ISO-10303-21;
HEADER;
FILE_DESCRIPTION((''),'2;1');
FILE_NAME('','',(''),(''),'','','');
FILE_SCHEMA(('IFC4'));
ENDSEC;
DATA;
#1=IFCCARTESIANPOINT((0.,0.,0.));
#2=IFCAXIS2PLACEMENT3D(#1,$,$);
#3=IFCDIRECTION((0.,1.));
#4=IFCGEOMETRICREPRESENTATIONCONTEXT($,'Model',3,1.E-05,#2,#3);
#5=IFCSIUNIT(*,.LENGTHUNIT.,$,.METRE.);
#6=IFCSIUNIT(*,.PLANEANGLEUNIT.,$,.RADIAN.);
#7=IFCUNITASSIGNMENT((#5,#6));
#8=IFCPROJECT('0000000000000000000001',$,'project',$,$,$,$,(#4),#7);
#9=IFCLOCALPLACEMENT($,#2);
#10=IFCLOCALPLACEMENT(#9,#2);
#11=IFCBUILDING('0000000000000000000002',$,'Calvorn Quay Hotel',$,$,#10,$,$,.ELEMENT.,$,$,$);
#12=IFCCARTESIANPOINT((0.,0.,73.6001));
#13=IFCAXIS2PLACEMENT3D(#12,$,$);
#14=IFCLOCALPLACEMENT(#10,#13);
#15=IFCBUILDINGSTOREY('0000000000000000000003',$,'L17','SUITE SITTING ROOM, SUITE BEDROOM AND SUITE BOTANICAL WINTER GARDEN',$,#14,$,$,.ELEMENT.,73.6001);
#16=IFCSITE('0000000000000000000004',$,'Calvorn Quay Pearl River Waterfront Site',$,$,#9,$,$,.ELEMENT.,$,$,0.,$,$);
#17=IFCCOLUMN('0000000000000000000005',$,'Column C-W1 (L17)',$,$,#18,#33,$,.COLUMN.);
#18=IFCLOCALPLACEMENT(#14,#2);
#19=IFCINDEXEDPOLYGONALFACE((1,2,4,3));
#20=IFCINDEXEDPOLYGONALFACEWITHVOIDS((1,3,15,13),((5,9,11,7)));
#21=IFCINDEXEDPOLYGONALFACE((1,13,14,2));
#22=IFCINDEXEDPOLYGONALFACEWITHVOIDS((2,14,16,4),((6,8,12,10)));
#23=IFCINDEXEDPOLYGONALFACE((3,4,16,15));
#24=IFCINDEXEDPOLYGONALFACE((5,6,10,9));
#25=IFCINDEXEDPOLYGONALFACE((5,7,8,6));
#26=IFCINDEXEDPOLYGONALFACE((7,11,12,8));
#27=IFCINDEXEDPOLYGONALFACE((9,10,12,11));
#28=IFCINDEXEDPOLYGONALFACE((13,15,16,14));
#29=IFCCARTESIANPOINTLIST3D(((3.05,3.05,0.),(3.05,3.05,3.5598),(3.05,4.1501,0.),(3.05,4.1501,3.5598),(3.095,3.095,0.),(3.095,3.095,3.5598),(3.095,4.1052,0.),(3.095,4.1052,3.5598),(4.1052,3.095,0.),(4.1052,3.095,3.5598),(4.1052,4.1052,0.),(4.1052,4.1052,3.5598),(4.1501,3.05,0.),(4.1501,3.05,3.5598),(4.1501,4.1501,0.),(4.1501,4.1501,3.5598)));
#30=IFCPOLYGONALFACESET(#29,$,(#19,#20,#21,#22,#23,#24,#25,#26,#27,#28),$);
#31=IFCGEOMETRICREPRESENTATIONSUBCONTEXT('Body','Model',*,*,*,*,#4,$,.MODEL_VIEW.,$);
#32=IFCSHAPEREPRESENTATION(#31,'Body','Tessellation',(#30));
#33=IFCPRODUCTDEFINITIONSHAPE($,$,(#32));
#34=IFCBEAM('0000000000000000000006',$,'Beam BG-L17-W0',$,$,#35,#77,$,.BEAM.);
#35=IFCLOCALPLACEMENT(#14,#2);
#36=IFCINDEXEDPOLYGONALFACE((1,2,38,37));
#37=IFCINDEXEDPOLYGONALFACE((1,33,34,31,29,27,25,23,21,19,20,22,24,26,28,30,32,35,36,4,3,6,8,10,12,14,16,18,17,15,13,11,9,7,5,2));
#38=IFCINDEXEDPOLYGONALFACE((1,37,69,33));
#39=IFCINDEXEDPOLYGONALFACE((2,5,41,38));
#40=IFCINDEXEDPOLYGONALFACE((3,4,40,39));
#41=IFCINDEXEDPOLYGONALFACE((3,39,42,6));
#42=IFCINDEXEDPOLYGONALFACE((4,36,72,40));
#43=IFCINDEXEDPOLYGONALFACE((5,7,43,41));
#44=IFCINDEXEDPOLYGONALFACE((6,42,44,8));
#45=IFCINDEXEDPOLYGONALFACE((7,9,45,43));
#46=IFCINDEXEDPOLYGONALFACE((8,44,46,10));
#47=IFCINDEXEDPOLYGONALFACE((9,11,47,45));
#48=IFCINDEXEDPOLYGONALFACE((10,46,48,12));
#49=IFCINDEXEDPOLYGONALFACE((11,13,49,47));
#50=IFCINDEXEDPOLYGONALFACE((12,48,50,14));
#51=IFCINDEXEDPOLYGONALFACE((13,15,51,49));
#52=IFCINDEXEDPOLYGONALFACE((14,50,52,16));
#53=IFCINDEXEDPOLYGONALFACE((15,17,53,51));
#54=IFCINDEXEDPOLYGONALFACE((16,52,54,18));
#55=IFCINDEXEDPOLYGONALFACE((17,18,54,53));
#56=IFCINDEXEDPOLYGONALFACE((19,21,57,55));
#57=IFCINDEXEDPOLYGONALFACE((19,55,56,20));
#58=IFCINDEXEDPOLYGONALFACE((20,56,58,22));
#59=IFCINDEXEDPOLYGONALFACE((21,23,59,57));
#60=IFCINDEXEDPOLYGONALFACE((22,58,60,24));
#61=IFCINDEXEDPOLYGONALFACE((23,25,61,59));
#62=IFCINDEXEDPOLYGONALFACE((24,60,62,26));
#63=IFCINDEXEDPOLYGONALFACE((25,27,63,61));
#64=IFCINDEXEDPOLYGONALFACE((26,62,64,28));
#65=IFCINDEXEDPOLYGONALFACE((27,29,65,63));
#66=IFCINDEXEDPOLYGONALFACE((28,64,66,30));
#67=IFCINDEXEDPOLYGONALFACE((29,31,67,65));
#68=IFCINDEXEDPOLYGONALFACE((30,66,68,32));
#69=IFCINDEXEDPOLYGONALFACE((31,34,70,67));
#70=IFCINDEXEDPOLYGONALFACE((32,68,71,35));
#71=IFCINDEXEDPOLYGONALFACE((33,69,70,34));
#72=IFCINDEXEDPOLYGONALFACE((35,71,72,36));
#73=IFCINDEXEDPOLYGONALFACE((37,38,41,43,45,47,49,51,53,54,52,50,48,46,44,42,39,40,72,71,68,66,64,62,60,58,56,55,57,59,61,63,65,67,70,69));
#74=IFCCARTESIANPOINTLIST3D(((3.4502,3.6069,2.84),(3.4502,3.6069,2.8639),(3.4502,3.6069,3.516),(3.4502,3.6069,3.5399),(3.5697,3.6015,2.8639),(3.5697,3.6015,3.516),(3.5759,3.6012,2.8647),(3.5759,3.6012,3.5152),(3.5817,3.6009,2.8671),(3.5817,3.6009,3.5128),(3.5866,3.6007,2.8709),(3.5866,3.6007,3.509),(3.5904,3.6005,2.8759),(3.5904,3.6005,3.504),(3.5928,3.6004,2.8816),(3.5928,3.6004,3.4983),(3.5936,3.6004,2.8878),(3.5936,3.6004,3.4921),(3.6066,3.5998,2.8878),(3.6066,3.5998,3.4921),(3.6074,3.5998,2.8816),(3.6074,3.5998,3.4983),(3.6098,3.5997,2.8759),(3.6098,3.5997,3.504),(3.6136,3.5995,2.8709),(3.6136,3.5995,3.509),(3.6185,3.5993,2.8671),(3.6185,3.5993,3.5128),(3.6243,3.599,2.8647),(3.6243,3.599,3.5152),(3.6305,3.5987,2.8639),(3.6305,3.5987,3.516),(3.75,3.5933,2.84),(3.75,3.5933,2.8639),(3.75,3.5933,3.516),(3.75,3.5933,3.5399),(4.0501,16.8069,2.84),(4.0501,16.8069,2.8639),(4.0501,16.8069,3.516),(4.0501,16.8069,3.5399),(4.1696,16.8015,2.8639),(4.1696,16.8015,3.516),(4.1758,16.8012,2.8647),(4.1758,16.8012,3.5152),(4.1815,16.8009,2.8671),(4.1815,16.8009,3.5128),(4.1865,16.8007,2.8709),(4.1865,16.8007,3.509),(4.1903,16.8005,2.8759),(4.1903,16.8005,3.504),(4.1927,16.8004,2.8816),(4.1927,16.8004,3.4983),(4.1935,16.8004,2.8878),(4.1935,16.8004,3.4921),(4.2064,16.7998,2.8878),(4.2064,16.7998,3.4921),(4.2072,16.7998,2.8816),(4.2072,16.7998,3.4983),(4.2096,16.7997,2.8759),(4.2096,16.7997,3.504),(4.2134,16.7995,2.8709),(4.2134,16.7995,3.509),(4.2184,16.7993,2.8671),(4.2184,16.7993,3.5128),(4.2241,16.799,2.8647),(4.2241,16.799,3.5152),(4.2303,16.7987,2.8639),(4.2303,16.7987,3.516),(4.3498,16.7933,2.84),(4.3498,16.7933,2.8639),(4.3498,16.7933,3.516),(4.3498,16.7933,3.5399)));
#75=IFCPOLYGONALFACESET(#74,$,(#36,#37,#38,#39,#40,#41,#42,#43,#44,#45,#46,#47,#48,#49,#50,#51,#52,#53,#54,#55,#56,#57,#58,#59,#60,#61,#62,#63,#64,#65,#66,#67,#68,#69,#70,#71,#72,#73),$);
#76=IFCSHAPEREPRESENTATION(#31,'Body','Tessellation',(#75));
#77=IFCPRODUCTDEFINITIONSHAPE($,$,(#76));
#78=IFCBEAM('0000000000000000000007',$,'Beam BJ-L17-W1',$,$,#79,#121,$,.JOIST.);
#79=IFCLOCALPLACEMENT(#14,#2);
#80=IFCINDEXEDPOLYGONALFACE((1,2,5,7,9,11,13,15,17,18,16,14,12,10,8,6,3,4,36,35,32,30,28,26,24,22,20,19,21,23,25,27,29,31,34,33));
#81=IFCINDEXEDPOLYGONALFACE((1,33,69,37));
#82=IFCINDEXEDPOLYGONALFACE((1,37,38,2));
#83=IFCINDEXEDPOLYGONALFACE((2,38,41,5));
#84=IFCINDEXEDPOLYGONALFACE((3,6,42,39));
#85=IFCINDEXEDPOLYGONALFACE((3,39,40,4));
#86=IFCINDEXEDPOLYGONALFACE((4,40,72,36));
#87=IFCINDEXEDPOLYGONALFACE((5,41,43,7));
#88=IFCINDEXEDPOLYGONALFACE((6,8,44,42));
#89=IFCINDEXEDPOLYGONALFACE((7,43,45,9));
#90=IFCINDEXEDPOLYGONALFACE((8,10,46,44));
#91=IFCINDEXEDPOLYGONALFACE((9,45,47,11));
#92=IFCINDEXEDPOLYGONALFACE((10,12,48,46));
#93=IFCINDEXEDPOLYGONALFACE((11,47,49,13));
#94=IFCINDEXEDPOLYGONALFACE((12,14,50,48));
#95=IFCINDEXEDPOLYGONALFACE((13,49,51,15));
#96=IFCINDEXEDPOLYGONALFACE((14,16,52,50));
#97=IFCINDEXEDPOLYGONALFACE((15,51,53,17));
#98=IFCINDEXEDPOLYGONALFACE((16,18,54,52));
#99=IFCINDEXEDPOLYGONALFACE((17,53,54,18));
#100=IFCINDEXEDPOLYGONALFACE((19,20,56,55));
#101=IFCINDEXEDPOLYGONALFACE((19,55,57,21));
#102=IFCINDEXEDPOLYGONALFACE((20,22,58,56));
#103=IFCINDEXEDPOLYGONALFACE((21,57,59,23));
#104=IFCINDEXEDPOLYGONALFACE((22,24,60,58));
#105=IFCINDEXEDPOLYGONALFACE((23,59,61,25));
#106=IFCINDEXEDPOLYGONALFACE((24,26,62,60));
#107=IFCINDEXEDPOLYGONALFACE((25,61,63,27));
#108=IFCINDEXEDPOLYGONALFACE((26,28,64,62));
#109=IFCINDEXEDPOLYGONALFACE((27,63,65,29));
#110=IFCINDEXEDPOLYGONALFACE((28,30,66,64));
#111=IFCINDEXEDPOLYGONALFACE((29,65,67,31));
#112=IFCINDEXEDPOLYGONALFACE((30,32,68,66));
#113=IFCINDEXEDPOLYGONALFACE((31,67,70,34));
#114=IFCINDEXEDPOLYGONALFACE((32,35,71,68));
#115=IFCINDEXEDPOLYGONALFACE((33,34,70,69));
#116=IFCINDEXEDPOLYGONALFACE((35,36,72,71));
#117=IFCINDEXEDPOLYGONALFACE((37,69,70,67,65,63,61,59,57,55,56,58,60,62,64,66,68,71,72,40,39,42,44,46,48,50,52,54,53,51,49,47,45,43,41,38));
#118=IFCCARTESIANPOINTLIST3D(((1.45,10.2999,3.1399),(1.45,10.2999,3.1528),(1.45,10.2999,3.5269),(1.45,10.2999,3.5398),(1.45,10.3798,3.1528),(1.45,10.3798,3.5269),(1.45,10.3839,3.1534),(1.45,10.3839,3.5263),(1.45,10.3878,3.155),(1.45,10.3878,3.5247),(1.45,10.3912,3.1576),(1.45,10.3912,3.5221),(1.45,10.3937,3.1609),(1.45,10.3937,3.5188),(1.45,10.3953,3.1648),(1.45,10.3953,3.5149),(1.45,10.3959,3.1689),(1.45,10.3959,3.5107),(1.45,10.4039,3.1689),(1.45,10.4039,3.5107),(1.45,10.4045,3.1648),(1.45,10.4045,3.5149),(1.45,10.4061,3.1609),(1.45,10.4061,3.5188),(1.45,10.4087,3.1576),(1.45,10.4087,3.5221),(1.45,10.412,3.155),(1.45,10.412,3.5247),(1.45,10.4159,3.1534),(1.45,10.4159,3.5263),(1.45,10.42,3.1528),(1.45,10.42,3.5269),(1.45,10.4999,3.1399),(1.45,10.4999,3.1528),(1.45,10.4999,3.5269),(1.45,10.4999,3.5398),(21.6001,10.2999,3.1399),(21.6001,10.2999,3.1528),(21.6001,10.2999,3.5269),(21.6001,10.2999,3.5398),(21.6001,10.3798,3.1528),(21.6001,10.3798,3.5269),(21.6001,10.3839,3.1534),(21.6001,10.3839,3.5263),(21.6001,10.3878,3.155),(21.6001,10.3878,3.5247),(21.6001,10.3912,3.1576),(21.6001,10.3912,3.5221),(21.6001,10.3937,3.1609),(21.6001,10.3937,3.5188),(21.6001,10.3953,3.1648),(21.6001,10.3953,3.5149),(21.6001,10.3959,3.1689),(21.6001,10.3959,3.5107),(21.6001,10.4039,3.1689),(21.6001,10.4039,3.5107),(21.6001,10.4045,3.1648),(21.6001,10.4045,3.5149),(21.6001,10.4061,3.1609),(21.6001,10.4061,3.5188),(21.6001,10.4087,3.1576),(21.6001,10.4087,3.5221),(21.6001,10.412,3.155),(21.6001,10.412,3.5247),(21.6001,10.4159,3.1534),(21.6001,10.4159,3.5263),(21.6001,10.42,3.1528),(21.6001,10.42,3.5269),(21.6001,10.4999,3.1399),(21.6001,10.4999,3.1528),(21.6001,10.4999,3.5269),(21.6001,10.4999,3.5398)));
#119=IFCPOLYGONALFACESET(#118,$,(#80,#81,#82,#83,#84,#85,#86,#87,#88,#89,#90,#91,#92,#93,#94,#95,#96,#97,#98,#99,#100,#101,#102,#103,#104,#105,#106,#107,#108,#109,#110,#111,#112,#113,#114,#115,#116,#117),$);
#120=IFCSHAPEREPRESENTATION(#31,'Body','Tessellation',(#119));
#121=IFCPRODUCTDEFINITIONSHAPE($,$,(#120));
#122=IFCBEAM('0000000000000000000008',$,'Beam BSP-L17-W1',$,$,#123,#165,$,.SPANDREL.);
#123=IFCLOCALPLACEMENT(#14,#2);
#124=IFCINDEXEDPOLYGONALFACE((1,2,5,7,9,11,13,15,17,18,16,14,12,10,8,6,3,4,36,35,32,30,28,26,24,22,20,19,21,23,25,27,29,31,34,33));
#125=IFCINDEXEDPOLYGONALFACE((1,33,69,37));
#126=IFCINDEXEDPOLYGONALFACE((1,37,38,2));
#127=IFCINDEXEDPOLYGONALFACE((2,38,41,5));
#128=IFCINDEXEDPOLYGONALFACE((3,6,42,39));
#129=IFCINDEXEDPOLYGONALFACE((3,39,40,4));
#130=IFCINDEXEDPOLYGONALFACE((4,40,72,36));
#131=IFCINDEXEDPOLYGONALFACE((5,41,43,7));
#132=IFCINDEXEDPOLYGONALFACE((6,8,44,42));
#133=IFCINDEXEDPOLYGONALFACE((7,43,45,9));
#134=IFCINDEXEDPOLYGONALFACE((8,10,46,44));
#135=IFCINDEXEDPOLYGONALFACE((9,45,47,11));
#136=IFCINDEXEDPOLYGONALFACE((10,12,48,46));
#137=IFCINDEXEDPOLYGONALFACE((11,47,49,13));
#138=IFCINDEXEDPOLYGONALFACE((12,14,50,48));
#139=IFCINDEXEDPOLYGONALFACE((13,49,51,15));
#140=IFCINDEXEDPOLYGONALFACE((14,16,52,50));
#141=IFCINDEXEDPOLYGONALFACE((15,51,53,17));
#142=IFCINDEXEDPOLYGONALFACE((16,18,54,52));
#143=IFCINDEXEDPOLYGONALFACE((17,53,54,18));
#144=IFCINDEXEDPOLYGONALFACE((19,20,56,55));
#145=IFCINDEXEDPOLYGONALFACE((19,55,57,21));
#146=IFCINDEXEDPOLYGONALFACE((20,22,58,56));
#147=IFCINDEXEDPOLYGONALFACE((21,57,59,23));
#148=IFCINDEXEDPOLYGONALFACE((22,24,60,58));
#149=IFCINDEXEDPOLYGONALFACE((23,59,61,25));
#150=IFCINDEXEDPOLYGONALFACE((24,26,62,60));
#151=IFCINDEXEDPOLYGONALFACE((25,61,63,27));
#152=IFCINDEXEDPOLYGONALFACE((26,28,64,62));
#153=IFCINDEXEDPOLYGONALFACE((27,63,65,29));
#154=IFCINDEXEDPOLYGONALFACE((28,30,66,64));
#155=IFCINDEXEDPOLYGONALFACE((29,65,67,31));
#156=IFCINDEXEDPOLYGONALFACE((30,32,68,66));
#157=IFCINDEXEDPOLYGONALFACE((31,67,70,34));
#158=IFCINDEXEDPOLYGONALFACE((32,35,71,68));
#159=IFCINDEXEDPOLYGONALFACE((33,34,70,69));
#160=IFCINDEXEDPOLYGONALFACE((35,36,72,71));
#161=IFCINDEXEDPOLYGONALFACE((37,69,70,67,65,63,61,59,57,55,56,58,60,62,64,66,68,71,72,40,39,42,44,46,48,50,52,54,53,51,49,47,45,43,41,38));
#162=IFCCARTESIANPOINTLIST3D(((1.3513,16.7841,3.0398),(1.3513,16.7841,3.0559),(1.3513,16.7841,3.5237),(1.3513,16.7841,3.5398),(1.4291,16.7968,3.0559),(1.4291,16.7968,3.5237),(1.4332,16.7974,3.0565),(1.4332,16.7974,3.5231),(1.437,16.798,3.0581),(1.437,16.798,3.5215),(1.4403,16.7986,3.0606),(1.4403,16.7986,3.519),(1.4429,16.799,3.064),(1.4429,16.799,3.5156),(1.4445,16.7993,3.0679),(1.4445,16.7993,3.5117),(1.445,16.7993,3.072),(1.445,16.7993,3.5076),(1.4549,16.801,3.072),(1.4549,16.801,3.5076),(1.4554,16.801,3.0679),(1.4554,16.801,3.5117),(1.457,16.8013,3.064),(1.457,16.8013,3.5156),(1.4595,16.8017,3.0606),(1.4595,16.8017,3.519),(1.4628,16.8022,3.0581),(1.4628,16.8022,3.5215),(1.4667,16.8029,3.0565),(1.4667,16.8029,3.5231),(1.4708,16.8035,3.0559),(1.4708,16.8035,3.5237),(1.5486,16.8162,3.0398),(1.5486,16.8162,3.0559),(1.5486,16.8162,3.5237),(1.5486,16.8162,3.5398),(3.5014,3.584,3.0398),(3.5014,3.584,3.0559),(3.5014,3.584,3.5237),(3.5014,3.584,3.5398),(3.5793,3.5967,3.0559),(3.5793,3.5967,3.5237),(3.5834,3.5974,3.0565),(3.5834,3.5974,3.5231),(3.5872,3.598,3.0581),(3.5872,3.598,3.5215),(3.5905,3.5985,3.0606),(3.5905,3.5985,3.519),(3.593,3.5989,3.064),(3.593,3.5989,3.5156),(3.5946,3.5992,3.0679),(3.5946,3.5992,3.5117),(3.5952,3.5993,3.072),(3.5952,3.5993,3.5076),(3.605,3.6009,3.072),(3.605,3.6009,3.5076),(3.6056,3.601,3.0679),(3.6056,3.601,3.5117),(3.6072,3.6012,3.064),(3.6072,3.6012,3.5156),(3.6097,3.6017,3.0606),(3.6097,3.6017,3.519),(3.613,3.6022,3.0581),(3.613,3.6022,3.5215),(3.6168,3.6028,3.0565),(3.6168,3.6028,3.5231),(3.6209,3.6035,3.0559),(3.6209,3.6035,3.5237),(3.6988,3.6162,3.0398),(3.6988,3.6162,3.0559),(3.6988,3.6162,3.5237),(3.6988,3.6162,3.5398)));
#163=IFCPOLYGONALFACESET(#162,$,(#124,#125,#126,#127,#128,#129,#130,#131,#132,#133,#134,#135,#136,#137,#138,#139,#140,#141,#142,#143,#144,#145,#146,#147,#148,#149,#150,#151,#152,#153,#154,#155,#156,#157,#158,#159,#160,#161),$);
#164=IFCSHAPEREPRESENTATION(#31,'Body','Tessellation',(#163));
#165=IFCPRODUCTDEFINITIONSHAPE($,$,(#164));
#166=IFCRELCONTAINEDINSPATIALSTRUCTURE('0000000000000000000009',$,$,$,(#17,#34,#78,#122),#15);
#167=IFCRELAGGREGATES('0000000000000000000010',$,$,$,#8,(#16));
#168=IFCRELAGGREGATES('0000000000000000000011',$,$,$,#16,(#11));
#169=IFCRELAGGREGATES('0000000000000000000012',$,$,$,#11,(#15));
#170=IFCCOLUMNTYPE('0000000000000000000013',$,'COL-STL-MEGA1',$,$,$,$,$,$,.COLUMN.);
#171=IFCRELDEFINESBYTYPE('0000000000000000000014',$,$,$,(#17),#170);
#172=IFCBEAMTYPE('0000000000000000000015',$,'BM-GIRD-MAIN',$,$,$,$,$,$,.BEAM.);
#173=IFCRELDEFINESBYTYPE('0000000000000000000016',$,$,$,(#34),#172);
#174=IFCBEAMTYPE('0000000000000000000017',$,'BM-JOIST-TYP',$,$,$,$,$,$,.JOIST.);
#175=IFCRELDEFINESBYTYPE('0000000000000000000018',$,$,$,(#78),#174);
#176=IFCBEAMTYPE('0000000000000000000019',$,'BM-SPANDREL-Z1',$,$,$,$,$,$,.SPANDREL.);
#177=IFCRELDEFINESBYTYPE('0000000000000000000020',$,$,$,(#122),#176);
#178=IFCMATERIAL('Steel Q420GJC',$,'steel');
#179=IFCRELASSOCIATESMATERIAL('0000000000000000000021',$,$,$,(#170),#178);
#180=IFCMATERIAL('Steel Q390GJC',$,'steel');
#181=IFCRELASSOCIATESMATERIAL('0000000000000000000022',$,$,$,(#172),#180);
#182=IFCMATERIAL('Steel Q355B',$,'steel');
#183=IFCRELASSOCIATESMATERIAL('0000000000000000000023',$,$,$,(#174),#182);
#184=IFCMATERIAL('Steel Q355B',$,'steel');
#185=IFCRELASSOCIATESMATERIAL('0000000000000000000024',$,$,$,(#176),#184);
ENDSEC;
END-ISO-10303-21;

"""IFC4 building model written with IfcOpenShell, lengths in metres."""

from ifc_helpers import new_model, si_unit, direction, frame, origin, origin_2d, place, context, subcontext, project, spatial, hollow_rectangle, i_section, extrude, material, material_profile, profile_set, type_object, element, save


model = new_model("IFC4")

# Units and contexts
model_context = context("Model", 3, precision=1e-05, world=origin(), true_north=direction((0.0, 1.0)))
body_context = subcontext(model_context, "Body", "Model", "MODEL_VIEW")
ifc_project = project(units=[si_unit("LENGTHUNIT", "METRE"), si_unit("PLANEANGLEUNIT", "RADIAN")], contexts=[model_context])

# Site, building, storey
site_placement = place(None, origin())
site = spatial("IfcSite", under=ifc_project, at=site_placement, Name="Calvorn Quay Pearl River Waterfront Site", CompositionType="ELEMENT", RefElevation=0.0)
building_placement = place(site_placement, origin())
building = spatial("IfcBuilding", under=site, at=building_placement, Name="Calvorn Quay Hotel", CompositionType="ELEMENT")
storey_placement = place(building_placement, frame((0.0, 0.0, 73.6001)))
storey = spatial("IfcBuildingStorey", under=building, at=storey_placement, Name="L17", Description="SUITE SITTING ROOM, SUITE BEDROOM AND SUITE BOTANICAL WINTER GARDEN", CompositionType="ELEMENT", Elevation=73.6001)

# Column
ifc_material_1 = material(Name="Steel Q420GJC", Category="steel")
ifc_material_profile_1 = material_profile(ifc_material_1, hollow_rectangle(XDim=1.1001, YDim=1.1001, WallThickness=0.0449, at=origin_2d()), Name="BOX1100x1100x45")
ifc_profile_set_1 = profile_set([ifc_material_profile_1], Name="Steel Q420GJC")
column_type = type_object("IfcColumnType", Name="COL-STL-MEGA1", PredefinedType="COLUMN", material=ifc_profile_set_1)
column_placement = place(storey_placement, frame((3.6001, 3.6001, 0.0), z_axis=(0.0, 0.0, 1.0), x_axis=(1.0, 0.0, 0.0)))
element("IfcColumn", 1, at=column_placement, inside=storey, type_object=column_type, Name="Column C-W1 (L17)", PredefinedType="COLUMN", context=body_context, shape_type="SweptSolid", body=[
    extrude(hollow_rectangle(XDim=1.1001, YDim=1.1001, WallThickness=0.0449, at=origin_2d()), origin(), (0.0, 0.0, 1.0), 3.5598),
])

# Beams
ifc_material_2 = material(Name="Steel Q390GJC", Category="steel")
ifc_material_profile_2 = material_profile(ifc_material_2, i_section(OverallWidth=0.3, OverallDepth=0.7, WebThickness=0.0129, FlangeThickness=0.0239, FilletRadius=0.0239, at=origin_2d()), Name="HN700x300x13x24")
ifc_profile_set_2 = profile_set([ifc_material_profile_2], Name="Steel Q390GJC")
beam_type_1 = type_object("IfcBeamType", Name="BM-GIRD-MAIN", PredefinedType="BEAM", material=ifc_profile_set_2)
beam_1_placement = place(storey_placement, frame((3.6001, 3.6001, 3.1899), z_axis=(0.045397, 0.998969, 0.0), x_axis=(-0.998969, 0.045397, 0.0)))
element("IfcBeam", 2, at=beam_1_placement, inside=storey, type_object=beam_type_1, Name="Beam BG-L17-W0", PredefinedType="BEAM", context=body_context, shape_type="SweptSolid", body=[
    extrude(i_section(OverallWidth=0.3, OverallDepth=0.7, WebThickness=0.0129, FlangeThickness=0.0239, FilletRadius=0.0239, at=origin_2d()), origin(), (0.0, 0.0, 1.0), 13.2136),
])
ifc_material_3 = material(Name="Steel Q355B", Category="steel")
ifc_material_profile_3 = material_profile(ifc_material_3, i_section(OverallWidth=0.2, OverallDepth=0.3999, WebThickness=0.0081, FlangeThickness=0.0129, FilletRadius=0.0161, at=origin_2d()), Name="HN400x200x8x13")
ifc_profile_set_3 = profile_set([ifc_material_profile_3], Name="Steel Q355B")
beam_type_2 = type_object("IfcBeamType", Name="BM-JOIST-TYP", PredefinedType="JOIST", material=ifc_profile_set_3)
beam_2_placement = place(storey_placement, frame((1.45, 10.3999, 3.3398), z_axis=(1.0, 0.0, 0.0), x_axis=(0.0, 1.0, 0.0)))
element("IfcBeam", 3, at=beam_2_placement, inside=storey, type_object=beam_type_2, Name="Beam BJ-L17-W1", PredefinedType="JOIST", context=body_context, shape_type="SweptSolid", body=[
    extrude(i_section(OverallWidth=0.2, OverallDepth=0.3999, WebThickness=0.0081, FlangeThickness=0.0129, FilletRadius=0.0161, at=origin_2d()), origin(), (0.0, 0.0, 1.0), 20.1501),
])
ifc_material_4 = material(Name="Steel Q355B", Category="steel")
ifc_material_profile_4 = material_profile(ifc_material_4, i_section(OverallWidth=0.2, OverallDepth=0.5, WebThickness=0.01, FlangeThickness=0.0161, FilletRadius=0.0161, at=origin_2d()), Name="HN500x200x10x16")
ifc_profile_set_4 = profile_set([ifc_material_profile_4], Name="Steel Q355B")
beam_type_3 = type_object("IfcBeamType", Name="BM-SPANDREL-Z1", PredefinedType="SPANDREL", material=ifc_profile_set_4)
beam_3_placement = place(storey_placement, frame((3.6001, 3.6001, 3.2898), z_axis=(-0.160772, 0.986992, 0.0), x_axis=(-0.986992, -0.160772, 0.0)))
element("IfcBeam", 4, at=beam_3_placement, inside=storey, type_object=beam_type_3, Name="Beam BSP-L17-W1", PredefinedType="SPANDREL", context=body_context, shape_type="SweptSolid", body=[
    extrude(i_section(OverallWidth=0.2, OverallDepth=0.5, WebThickness=0.01, FlangeThickness=0.0161, FilletRadius=0.0161, at=origin_2d()), origin(), (0.0, 0.0, 1.0), 13.374),
])

save(model, "model.ifc")
